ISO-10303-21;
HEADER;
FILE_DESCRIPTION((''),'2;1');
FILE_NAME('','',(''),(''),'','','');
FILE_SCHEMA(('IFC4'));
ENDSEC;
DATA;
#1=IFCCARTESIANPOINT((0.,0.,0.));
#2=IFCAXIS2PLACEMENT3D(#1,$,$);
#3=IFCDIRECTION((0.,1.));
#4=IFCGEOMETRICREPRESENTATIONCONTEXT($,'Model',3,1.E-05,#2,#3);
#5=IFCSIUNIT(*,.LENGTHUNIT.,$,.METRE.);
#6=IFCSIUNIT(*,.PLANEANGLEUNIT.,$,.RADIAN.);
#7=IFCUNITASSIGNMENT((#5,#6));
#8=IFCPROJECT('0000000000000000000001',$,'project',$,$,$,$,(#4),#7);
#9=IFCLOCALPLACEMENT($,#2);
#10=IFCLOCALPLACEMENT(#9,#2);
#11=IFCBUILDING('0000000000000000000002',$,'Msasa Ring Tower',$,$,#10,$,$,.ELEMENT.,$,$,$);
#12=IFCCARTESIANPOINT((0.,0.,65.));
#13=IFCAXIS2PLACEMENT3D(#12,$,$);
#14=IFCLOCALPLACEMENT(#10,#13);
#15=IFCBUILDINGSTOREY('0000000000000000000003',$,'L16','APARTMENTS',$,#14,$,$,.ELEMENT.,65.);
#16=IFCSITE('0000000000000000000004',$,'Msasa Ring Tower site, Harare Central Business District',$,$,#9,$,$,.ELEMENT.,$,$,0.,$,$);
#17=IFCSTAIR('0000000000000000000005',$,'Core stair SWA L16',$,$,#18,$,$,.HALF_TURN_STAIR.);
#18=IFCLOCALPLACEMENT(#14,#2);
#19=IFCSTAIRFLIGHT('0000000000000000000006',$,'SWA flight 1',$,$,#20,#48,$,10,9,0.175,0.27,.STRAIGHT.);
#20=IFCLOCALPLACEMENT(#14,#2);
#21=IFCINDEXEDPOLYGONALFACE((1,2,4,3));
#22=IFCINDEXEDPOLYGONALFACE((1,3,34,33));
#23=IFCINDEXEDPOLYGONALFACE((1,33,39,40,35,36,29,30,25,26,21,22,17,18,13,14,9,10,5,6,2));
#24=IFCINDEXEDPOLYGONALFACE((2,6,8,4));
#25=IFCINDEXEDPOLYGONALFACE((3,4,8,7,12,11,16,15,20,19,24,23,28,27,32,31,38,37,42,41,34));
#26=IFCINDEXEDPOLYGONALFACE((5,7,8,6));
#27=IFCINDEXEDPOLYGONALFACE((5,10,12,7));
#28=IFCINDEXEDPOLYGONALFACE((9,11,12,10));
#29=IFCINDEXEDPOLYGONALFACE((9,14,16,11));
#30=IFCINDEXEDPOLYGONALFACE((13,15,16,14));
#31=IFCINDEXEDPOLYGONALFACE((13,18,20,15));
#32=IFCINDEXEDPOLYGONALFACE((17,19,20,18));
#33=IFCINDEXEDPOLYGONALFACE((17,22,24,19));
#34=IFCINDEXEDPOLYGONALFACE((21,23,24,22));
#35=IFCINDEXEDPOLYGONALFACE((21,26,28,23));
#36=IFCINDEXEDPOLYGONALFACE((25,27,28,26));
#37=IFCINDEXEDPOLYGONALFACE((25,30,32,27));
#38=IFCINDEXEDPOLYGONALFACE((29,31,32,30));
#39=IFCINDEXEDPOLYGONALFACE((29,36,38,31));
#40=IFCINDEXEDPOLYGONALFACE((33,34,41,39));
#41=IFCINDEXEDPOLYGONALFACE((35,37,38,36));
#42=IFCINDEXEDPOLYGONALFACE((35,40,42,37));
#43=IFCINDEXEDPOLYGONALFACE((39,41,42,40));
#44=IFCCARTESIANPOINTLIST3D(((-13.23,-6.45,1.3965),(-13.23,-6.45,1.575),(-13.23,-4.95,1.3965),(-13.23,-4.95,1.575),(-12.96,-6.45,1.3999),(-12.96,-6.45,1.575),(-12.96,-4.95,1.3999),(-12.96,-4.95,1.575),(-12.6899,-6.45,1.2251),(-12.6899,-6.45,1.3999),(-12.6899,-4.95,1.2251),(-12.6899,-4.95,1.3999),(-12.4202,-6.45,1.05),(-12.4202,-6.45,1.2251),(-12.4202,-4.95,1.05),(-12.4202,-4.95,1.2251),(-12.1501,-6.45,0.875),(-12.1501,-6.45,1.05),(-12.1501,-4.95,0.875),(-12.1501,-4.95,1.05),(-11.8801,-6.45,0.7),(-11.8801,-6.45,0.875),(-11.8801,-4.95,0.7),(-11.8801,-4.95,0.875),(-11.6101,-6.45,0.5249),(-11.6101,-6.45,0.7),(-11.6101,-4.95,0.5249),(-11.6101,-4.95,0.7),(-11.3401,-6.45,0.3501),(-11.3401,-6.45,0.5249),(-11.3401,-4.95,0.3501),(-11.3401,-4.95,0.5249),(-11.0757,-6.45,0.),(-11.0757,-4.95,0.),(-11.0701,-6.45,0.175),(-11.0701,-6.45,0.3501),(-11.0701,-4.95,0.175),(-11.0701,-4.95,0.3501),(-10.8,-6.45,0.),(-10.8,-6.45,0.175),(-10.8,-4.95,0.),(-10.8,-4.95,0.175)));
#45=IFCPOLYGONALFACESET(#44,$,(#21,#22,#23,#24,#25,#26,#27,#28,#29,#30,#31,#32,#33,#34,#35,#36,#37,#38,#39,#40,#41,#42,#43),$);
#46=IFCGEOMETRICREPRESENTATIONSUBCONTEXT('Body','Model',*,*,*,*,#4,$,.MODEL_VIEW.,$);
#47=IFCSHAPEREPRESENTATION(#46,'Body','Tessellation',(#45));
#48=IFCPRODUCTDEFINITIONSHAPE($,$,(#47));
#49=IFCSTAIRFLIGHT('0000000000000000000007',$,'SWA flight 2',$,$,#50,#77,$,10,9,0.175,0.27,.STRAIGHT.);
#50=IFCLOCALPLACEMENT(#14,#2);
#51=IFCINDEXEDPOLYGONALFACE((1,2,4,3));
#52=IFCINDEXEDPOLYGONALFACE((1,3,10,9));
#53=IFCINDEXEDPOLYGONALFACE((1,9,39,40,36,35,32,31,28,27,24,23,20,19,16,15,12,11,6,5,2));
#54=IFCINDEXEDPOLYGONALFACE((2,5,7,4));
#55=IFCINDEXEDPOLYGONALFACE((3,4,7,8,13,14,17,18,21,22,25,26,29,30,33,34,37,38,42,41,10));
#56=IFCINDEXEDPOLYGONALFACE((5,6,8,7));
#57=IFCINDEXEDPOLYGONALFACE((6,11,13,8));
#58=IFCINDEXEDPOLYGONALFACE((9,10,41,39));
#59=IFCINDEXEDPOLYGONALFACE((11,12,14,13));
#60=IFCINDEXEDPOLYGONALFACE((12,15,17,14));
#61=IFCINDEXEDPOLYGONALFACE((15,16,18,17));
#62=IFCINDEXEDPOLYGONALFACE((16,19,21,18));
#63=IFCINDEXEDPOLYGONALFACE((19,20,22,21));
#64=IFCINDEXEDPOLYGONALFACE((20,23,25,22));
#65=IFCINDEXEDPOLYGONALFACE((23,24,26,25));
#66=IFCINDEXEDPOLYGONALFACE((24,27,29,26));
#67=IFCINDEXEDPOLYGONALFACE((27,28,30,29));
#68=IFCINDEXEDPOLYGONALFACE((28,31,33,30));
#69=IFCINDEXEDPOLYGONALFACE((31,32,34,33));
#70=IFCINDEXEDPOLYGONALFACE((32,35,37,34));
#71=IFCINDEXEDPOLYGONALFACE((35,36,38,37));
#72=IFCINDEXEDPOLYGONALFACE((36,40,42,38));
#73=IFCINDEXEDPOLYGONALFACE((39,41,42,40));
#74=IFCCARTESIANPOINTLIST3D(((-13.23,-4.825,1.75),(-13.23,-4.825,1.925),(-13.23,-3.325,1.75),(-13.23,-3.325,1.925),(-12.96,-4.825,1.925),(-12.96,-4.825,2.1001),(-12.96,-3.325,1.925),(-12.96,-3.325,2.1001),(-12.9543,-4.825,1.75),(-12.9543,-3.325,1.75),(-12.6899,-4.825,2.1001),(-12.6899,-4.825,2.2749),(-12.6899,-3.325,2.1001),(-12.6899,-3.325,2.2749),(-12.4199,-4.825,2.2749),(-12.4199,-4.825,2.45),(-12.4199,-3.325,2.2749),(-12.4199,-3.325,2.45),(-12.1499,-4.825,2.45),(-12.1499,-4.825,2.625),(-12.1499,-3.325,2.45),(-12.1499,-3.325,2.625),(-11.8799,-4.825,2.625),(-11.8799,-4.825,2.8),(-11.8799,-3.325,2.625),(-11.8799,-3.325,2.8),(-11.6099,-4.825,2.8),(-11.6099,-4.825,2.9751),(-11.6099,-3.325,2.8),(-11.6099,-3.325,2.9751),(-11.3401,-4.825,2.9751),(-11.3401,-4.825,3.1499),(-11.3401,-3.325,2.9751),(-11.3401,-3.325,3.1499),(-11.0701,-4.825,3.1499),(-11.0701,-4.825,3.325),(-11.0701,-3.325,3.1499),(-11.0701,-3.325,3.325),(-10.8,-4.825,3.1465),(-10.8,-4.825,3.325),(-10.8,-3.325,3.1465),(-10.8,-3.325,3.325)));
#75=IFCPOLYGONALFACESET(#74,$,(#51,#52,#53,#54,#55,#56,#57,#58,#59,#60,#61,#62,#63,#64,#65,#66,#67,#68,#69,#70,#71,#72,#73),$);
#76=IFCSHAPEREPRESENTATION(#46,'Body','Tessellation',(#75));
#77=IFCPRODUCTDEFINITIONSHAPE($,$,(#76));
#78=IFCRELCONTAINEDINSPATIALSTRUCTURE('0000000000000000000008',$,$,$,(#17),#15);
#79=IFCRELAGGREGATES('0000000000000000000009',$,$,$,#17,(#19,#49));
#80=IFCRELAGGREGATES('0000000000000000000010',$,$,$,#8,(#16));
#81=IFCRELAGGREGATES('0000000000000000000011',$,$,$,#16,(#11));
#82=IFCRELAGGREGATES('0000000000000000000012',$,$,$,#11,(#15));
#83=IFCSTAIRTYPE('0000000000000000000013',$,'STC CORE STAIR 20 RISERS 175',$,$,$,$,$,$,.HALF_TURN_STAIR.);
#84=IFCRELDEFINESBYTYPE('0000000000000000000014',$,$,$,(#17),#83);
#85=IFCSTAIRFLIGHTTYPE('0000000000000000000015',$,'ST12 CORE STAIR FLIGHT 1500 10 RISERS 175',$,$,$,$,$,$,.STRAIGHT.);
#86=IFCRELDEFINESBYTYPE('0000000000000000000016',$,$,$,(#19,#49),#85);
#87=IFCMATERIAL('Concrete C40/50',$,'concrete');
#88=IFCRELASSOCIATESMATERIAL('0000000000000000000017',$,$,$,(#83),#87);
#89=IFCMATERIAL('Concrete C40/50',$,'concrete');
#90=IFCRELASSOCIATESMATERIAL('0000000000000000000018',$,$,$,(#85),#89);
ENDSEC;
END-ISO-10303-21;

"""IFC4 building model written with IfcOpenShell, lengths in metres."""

from ifc_helpers import new_model, si_unit, direction, frame, origin, place, context, subcontext, project, spatial, polyline, outline, extrude, material, type_object, element, aggregate, save


model = new_model("IFC4")

# Units and contexts
model_context = context("Model", 3, precision=1e-05, world=origin(), true_north=direction((0.0, 1.0)))
body_context = subcontext(model_context, "Body", "Model", "MODEL_VIEW")
ifc_project = project(units=[si_unit("LENGTHUNIT", "METRE"), si_unit("PLANEANGLEUNIT", "RADIAN")], contexts=[model_context])

# Site, building, storey
site_placement = place(None, origin())
site = spatial("IfcSite", under=ifc_project, at=site_placement, Name="Msasa Ring Tower site, Harare Central Business District", CompositionType="ELEMENT", RefElevation=0.0)
building_placement = place(site_placement, origin())
building = spatial("IfcBuilding", under=site, at=building_placement, Name="Msasa Ring Tower", CompositionType="ELEMENT")
storey_placement = place(building_placement, frame((0.0, 0.0, 65.0)))
storey = spatial("IfcBuildingStorey", under=building, at=storey_placement, Name="L16", Description="APARTMENTS", CompositionType="ELEMENT", Elevation=65.0)

# Stair, stair flights
ifc_material_1 = material(Name="Concrete C40/50", Category="concrete")
stair_type = type_object("IfcStairType", Name="STC CORE STAIR 20 RISERS 175", PredefinedType="HALF_TURN_STAIR", material=ifc_material_1)
stair_placement = place(storey_placement, origin())
stair = element("IfcStair", 1, at=stair_placement, inside=storey, type_object=stair_type, Name="Core stair SWA L16", PredefinedType="HALF_TURN_STAIR")
ifc_material_2 = material(Name="Concrete C40/50", Category="concrete")
stair_flight_type = type_object("IfcStairFlightType", Name="ST12 CORE STAIR FLIGHT 1500 10 RISERS 175", PredefinedType="STRAIGHT", material=ifc_material_2)
stair_flight_1_placement = place(storey_placement, frame((-10.8, -5.7, 0.0), z_axis=(0.0, 0.0, 1.0), x_axis=(-1.0, 0.0, 0.0)))
stair_flight_1 = element("IfcStairFlight", 2, at=stair_flight_1_placement, type_object=stair_flight_type, Name="SWA flight 1", NumberOfRisers=10, NumberOfTreads=9, PredefinedType="STRAIGHT", RiserHeight=0.175, TreadLength=0.27, context=body_context, shape_type="SweptSolid", body=[
    extrude(outline(polyline([(0.0, 0.0), (0.0, 0.175), (0.27, 0.175), (0.27, 0.3501), (0.54, 0.3501), (0.54, 0.5249), (0.8101, 0.5249), (0.8101, 0.7), (1.0801, 0.7), (1.0801, 0.875), (1.3501, 0.875), (1.3501, 1.05), (1.6201, 1.05), (1.6201, 1.2251), (1.8899, 1.2251), (1.8899, 1.3999), (2.1599, 1.3999), (2.1599, 1.575), (2.4299, 1.575), (2.4299, 1.75), (2.4299, 1.3965), (0.2756, 0.0), (0.0, 0.0)])), frame((0.0, 0.75, 0.0), z_axis=(0.0, -1.0, 0.0), x_axis=(1.0, 0.0, 0.0)), (0.0, 0.0, 1.0), 1.5),
])
stair_flight_2_placement = place(storey_placement, frame((-13.23, -4.075, 1.75), z_axis=(0.0, 0.0, 1.0), x_axis=(1.0, 0.0, 0.0)))
stair_flight_2 = element("IfcStairFlight", 3, at=stair_flight_2_placement, type_object=stair_flight_type, Name="SWA flight 2", NumberOfRisers=10, NumberOfTreads=9, PredefinedType="STRAIGHT", RiserHeight=0.175, TreadLength=0.27, context=body_context, shape_type="SweptSolid", body=[
    extrude(outline(polyline([(0.0, 0.0), (0.0, 0.175), (0.27, 0.175), (0.27, 0.3501), (0.54, 0.3501), (0.54, 0.5249), (0.8101, 0.5249), (0.8101, 0.7), (1.0801, 0.7), (1.0801, 0.875), (1.3501, 0.875), (1.3501, 1.05), (1.6201, 1.05), (1.6201, 1.2251), (1.8899, 1.2251), (1.8899, 1.3999), (2.1599, 1.3999), (2.1599, 1.575), (2.4299, 1.575), (2.4299, 1.75), (2.4299, 1.3965), (0.2756, 0.0), (0.0, 0.0)])), frame((0.0, 0.75, 0.0), z_axis=(0.0, -1.0, 0.0), x_axis=(1.0, 0.0, 0.0)), (0.0, 0.0, 1.0), 1.5),
])
aggregate(stair, [stair_flight_1, stair_flight_2])

save(model, "model.ifc")
